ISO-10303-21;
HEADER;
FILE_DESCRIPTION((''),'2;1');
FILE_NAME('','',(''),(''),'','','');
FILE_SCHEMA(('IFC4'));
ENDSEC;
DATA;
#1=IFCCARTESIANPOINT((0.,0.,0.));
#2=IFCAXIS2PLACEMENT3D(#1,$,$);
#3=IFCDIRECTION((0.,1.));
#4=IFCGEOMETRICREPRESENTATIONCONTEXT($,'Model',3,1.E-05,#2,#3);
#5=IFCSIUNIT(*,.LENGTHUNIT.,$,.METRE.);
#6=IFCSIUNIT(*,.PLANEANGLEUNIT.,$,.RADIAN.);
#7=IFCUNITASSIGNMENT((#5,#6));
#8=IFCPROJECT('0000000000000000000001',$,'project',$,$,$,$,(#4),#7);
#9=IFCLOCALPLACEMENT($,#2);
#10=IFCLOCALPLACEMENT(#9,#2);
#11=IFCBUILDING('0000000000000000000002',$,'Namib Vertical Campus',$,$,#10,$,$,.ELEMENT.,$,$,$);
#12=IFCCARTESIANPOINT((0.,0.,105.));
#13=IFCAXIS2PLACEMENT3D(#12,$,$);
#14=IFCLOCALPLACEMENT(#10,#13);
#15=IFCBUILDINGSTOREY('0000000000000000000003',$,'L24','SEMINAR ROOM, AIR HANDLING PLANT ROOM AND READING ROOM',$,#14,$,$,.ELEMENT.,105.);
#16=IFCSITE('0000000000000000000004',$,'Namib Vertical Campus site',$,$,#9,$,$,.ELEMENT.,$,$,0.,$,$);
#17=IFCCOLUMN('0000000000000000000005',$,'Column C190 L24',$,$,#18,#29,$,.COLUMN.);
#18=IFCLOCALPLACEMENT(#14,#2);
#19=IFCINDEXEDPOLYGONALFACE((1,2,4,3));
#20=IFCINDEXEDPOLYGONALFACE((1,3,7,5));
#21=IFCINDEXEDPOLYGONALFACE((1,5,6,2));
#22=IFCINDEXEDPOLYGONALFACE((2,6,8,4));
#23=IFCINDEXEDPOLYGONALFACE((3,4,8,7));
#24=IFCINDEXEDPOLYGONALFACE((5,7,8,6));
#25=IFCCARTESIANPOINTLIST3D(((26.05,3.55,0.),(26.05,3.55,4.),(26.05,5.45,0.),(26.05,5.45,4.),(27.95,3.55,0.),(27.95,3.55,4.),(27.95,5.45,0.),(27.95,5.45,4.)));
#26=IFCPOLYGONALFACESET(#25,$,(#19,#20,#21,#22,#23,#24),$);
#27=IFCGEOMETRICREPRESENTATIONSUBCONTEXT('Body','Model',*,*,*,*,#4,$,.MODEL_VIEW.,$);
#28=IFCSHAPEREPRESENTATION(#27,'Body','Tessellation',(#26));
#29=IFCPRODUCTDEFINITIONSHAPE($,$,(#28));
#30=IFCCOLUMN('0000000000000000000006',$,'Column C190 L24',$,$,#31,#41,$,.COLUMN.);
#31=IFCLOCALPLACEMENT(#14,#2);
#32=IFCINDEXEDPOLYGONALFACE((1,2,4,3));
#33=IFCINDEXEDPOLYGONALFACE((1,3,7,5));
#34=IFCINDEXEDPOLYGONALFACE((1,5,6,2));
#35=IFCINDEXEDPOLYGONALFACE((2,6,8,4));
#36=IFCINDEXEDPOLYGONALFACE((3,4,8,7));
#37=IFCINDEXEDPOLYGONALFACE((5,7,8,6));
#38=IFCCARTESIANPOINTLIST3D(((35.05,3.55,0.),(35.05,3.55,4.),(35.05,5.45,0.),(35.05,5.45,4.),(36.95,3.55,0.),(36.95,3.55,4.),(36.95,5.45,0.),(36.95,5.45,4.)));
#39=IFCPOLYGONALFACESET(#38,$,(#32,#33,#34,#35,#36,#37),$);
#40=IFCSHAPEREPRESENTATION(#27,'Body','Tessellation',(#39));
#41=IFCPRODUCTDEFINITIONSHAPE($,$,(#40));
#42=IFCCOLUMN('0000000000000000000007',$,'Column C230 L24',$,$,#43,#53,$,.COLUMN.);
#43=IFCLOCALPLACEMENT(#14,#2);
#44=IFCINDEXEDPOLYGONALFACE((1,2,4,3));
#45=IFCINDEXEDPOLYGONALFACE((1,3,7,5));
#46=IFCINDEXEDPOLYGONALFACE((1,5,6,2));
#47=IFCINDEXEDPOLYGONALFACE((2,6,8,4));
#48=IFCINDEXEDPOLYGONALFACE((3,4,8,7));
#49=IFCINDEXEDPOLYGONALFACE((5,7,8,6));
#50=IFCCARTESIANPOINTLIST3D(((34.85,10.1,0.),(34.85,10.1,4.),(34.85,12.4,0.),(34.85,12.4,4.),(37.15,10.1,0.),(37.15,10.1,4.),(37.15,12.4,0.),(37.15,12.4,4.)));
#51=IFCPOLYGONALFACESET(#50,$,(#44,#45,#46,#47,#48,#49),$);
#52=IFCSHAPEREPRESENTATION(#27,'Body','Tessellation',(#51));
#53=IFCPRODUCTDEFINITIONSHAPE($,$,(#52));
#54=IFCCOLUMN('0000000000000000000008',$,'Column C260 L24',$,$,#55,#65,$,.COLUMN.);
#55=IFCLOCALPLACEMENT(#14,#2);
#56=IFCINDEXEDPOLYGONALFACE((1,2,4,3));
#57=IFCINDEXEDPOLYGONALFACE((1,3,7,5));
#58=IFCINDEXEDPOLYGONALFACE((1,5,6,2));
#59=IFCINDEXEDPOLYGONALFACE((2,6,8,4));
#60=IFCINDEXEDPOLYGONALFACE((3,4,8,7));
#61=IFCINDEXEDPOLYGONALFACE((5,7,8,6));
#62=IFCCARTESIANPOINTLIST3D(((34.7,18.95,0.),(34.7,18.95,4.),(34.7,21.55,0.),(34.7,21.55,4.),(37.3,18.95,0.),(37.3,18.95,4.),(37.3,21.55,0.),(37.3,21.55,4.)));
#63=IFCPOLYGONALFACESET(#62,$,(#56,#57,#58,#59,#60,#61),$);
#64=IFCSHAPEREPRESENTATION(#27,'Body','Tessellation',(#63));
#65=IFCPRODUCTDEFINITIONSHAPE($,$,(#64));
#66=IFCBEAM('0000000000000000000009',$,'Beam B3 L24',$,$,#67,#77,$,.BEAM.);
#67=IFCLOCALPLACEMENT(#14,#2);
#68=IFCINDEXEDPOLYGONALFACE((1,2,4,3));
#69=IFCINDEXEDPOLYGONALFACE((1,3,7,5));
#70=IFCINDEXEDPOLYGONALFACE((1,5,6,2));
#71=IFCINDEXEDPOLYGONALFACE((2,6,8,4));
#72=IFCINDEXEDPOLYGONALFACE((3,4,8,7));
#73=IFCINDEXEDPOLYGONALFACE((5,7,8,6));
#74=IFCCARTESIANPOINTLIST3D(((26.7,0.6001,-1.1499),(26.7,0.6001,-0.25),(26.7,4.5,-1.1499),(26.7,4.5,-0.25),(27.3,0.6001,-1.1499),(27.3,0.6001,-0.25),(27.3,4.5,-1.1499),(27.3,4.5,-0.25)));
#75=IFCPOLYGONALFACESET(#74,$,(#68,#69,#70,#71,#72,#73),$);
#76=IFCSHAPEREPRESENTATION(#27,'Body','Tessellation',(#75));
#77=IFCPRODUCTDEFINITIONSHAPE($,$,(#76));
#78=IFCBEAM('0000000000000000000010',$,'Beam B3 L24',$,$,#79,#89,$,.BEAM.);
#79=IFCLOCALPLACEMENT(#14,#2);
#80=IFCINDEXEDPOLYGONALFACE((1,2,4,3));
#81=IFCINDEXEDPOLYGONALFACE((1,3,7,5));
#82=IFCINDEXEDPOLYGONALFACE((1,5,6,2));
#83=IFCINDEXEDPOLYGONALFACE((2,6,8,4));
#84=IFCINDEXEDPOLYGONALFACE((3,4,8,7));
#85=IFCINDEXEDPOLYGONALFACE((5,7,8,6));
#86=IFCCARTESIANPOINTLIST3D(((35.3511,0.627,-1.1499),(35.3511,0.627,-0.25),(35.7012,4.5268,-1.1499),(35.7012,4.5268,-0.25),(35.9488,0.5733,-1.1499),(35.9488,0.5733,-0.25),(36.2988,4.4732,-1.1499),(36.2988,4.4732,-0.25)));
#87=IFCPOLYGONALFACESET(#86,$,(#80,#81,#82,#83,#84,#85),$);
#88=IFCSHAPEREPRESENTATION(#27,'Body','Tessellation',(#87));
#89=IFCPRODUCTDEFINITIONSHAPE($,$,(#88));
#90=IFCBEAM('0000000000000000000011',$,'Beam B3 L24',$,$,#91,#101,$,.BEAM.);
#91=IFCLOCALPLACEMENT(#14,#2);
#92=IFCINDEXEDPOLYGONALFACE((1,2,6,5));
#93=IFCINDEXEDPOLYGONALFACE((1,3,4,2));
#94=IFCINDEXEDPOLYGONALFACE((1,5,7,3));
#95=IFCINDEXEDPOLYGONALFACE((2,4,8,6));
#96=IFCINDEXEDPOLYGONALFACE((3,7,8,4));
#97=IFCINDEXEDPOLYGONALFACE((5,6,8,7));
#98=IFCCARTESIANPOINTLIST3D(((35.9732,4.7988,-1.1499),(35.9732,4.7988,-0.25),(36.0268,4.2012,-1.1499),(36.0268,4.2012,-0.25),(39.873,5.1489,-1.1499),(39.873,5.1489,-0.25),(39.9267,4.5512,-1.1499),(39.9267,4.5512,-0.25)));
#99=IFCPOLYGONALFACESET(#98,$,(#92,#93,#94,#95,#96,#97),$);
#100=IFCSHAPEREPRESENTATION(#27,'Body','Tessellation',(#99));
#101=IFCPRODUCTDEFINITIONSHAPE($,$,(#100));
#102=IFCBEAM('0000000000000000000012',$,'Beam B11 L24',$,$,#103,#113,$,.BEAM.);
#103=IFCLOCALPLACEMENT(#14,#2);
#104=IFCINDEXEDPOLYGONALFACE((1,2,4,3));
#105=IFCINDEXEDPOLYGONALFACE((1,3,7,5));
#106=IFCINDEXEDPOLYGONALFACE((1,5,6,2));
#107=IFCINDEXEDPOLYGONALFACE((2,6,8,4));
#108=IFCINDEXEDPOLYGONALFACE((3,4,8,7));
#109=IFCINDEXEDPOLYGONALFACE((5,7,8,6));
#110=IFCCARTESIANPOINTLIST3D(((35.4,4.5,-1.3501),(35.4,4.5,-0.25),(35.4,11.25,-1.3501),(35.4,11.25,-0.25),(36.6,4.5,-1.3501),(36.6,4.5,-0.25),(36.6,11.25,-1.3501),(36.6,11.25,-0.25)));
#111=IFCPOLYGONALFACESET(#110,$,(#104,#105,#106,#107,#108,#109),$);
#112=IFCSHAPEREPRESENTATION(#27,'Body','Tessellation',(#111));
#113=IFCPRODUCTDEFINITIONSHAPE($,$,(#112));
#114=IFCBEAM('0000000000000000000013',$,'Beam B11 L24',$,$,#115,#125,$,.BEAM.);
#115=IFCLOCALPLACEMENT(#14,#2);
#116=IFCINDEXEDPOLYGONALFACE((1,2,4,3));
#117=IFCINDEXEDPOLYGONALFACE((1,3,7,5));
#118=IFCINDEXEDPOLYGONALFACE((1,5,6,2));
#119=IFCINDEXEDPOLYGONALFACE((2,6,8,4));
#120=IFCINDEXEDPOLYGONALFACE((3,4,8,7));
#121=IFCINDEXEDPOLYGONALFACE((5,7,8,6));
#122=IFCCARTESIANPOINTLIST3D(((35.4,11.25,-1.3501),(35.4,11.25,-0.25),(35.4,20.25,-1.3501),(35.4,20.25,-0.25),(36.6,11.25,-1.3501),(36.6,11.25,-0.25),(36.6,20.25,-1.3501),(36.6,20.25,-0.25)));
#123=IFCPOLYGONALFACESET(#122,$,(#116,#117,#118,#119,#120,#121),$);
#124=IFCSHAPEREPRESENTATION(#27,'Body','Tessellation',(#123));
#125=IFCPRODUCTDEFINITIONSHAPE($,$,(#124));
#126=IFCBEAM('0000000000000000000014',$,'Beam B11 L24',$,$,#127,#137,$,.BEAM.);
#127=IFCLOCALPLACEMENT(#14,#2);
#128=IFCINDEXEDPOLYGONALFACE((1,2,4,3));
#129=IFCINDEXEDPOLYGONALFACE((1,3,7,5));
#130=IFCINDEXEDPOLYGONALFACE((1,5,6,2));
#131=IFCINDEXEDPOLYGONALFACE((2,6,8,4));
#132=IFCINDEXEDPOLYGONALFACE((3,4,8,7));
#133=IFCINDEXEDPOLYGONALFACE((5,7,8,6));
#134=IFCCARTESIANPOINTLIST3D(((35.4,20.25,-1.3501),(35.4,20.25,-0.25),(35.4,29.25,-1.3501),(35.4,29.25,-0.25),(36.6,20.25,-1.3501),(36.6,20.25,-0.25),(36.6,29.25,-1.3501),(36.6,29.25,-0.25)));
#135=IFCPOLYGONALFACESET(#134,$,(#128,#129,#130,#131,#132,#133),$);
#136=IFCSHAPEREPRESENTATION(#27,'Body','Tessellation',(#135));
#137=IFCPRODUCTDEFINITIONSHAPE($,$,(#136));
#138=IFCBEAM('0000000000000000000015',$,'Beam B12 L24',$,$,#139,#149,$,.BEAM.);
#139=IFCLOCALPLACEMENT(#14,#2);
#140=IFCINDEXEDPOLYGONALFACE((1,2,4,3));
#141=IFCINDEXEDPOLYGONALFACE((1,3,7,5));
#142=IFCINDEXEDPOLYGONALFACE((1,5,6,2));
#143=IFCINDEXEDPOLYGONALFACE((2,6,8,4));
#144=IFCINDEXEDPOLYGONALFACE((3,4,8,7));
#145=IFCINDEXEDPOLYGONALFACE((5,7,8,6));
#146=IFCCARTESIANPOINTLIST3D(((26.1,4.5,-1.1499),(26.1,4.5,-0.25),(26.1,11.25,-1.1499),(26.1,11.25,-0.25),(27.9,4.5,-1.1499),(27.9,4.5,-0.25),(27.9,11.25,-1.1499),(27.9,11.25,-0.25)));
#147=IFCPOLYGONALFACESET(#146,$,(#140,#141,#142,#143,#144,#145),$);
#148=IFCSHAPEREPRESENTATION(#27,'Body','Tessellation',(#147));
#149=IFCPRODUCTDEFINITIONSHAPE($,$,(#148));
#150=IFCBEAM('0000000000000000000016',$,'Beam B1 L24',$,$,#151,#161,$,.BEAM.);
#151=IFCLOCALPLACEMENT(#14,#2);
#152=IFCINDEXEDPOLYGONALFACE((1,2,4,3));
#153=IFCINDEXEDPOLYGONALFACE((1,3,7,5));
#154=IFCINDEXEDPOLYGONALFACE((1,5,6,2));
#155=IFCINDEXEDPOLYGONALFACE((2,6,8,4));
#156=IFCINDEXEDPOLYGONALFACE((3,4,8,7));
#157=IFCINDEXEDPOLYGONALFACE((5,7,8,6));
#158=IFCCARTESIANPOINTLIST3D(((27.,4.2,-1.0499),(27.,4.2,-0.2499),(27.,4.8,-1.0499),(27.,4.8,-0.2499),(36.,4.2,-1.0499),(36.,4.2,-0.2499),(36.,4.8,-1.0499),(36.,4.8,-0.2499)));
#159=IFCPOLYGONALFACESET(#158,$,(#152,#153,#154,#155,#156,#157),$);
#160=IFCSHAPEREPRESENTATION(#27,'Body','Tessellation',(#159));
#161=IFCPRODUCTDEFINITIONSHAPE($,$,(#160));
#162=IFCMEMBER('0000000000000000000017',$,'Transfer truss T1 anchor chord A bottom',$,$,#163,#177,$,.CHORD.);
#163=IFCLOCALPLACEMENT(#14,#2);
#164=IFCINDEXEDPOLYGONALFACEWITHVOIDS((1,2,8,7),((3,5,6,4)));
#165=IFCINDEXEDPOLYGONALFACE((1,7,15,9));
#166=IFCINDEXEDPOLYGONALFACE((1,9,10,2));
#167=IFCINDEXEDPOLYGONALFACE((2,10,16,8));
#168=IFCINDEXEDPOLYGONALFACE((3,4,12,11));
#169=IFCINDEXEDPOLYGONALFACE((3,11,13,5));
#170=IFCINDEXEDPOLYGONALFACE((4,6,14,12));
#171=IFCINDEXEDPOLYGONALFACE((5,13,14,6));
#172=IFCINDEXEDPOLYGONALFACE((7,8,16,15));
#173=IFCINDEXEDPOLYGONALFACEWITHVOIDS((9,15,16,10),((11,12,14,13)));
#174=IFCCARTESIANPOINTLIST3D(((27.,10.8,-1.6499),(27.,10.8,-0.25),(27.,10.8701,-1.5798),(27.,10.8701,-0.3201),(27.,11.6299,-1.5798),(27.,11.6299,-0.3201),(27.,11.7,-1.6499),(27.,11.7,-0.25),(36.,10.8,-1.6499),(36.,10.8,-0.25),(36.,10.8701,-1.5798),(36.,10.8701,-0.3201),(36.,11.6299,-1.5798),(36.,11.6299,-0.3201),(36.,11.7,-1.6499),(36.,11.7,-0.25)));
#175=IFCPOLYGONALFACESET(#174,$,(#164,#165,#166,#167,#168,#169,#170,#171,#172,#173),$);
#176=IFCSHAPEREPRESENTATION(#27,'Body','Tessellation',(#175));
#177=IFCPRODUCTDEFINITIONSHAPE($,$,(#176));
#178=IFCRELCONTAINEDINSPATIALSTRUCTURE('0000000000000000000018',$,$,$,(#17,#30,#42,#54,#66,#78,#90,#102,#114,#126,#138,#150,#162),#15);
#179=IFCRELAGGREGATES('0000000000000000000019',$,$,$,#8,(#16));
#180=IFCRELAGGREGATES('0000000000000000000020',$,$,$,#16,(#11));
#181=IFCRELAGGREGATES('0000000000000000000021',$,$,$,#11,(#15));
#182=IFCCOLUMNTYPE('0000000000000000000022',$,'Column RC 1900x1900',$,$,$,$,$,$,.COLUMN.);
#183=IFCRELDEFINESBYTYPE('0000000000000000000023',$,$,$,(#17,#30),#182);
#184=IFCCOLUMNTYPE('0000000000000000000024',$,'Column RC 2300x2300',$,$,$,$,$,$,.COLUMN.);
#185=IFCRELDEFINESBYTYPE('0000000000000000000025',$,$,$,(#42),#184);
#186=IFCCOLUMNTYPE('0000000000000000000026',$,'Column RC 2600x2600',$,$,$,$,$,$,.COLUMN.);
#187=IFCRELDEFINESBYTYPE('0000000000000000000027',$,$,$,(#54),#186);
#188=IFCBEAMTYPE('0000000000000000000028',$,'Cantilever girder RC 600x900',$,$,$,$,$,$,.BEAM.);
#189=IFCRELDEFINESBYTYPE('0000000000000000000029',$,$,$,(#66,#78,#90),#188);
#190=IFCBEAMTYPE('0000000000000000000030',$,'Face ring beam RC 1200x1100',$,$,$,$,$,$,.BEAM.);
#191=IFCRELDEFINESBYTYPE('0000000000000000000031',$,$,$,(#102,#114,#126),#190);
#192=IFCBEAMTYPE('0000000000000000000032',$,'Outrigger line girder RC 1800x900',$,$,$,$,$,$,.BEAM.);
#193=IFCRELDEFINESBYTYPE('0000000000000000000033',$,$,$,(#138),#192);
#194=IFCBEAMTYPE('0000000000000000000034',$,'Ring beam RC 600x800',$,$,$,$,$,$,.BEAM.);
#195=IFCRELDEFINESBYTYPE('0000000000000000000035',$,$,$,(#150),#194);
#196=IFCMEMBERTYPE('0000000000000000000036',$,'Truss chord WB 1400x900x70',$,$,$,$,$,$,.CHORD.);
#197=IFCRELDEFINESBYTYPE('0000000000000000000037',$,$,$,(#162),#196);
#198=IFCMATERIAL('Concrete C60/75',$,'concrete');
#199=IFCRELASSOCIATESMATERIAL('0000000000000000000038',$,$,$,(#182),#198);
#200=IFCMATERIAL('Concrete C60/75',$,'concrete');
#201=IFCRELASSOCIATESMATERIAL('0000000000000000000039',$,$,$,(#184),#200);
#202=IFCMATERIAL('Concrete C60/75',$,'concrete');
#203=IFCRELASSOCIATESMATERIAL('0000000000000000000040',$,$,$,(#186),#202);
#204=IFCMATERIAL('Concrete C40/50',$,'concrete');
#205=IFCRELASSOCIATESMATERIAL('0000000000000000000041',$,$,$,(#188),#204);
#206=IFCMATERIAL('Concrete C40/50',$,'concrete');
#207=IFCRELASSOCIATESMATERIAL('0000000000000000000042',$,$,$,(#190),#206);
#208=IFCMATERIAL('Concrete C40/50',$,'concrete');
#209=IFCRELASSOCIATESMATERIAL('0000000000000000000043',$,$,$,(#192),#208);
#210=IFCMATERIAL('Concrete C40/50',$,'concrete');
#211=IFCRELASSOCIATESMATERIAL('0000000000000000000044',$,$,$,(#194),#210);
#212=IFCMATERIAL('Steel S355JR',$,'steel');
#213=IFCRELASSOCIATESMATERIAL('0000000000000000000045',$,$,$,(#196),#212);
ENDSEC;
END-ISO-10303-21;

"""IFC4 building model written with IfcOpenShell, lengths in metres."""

from ifc_helpers import new_model, si_unit, direction, frame, origin, origin_2d, place, context, subcontext, project, spatial, rectangle, hollow_rectangle, extrude, material, material_profile, profile_set, type_object, element, save


model = new_model("IFC4")

# Units and contexts
model_context = context("Model", 3, precision=1e-05, world=origin(), true_north=direction((0.0, 1.0)))
body_context = subcontext(model_context, "Body", "Model", "MODEL_VIEW")
ifc_project = project(units=[si_unit("LENGTHUNIT", "METRE"), si_unit("PLANEANGLEUNIT", "RADIAN")], contexts=[model_context])

# Site, building, storey
site_placement = place(None, origin())
site = spatial("IfcSite", under=ifc_project, at=site_placement, Name="Namib Vertical Campus site", CompositionType="ELEMENT", RefElevation=0.0)
building_placement = place(site_placement, origin())
building = spatial("IfcBuilding", under=site, at=building_placement, Name="Namib Vertical Campus", CompositionType="ELEMENT")
storey_placement = place(building_placement, frame((0.0, 0.0, 105.0)))
storey = spatial("IfcBuildingStorey", under=building, at=storey_placement, Name="L24", Description="SEMINAR ROOM, AIR HANDLING PLANT ROOM AND READING ROOM", CompositionType="ELEMENT", Elevation=105.0)

# Columns
ifc_material_1 = material(Name="Concrete C60/75", Category="concrete")
ifc_material_profile_1 = material_profile(ifc_material_1, rectangle(XDim=1.8999, YDim=1.8999, at=origin_2d()))
ifc_profile_set_1 = profile_set([ifc_material_profile_1], Name="Concrete C60/75")
column_type_1 = type_object("IfcColumnType", Name="Column RC 1900x1900", PredefinedType="COLUMN", material=ifc_profile_set_1)
for number, where, z_axis, x_axis, name in (
    (1, (27.0, 4.5, 0.0), (0.0, 0.0, 1.0), (1.0, 0.0, 0.0), "Column C190 L24"),
    (2, (36.0, 4.5, 0.0), (0.0, 0.0, 1.0), (1.0, 0.0, 0.0), "Column C190 L24"),
):
    element("IfcColumn", number, at=place(storey_placement, frame(where, z_axis=z_axis, x_axis=x_axis)), inside=storey, type_object=column_type_1, Name=name, PredefinedType="COLUMN", context=body_context, shape_type="SweptSolid", body=[
        extrude(rectangle(XDim=1.8999, YDim=1.8999, at=origin_2d()), origin(), (0.0, 0.0, 1.0), 4.0),
    ])
ifc_material_2 = material(Name="Concrete C60/75", Category="concrete")
ifc_material_profile_2 = material_profile(ifc_material_2, rectangle(XDim=2.3, YDim=2.3, at=origin_2d()))
ifc_profile_set_2 = profile_set([ifc_material_profile_2], Name="Concrete C60/75")
column_type_2 = type_object("IfcColumnType", Name="Column RC 2300x2300", PredefinedType="COLUMN", material=ifc_profile_set_2)
column_1_placement = place(storey_placement, frame((36.0, 11.25, 0.0), z_axis=(0.0, 0.0, 1.0), x_axis=(1.0, 0.0, 0.0)))
element("IfcColumn", 3, at=column_1_placement, inside=storey, type_object=column_type_2, Name="Column C230 L24", PredefinedType="COLUMN", context=body_context, shape_type="SweptSolid", body=[
    extrude(rectangle(XDim=2.3, YDim=2.3, at=origin_2d()), origin(), (0.0, 0.0, 1.0), 4.0),
])
ifc_material_3 = material(Name="Concrete C60/75", Category="concrete")
ifc_material_profile_3 = material_profile(ifc_material_3, rectangle(XDim=2.6001, YDim=2.6001, at=origin_2d()))
ifc_profile_set_3 = profile_set([ifc_material_profile_3], Name="Concrete C60/75")
column_type_3 = type_object("IfcColumnType", Name="Column RC 2600x2600", PredefinedType="COLUMN", material=ifc_profile_set_3)
column_2_placement = place(storey_placement, frame((36.0, 20.25, 0.0), z_axis=(0.0, 0.0, 1.0), x_axis=(1.0, 0.0, 0.0)))
element("IfcColumn", 4, at=column_2_placement, inside=storey, type_object=column_type_3, Name="Column C260 L24", PredefinedType="COLUMN", context=body_context, shape_type="SweptSolid", body=[
    extrude(rectangle(XDim=2.6001, YDim=2.6001, at=origin_2d()), origin(), (0.0, 0.0, 1.0), 4.0),
])

# Beams
ifc_material_4 = material(Name="Concrete C40/50", Category="concrete")
ifc_material_profile_4 = material_profile(ifc_material_4, rectangle(XDim=0.6001, YDim=0.8999, at=origin_2d()))
ifc_profile_set_4 = profile_set([ifc_material_profile_4], Name="Concrete C40/50")
beam_type_1 = type_object("IfcBeamType", Name="Cantilever girder RC 600x900", PredefinedType="BEAM", material=ifc_profile_set_4)
beam_1_placement = place(storey_placement, frame((27.0, 4.5, -0.7), z_axis=(0.0, -1.0, 0.0), x_axis=(1.0, 0.0, 0.0)))
element("IfcBeam", 5, at=beam_1_placement, inside=storey, type_object=beam_type_1, Name="Beam B3 L24", PredefinedType="BEAM", context=body_context, shape_type="SweptSolid", body=[
    extrude(rectangle(XDim=0.6001, YDim=0.8999, at=origin_2d()), origin(), (0.0, 0.0, 1.0), 3.8999),
])
for number, where, z_axis, x_axis, name in (
    (6, (36.0, 4.5, -0.7), (-0.089411, -0.995995, 0.0), (0.995995, -0.089411, 0.0), "Beam B3 L24"),
    (7, (36.0, 4.5, -0.7), (0.995995, 0.089411, 0.0), (-0.089411, 0.995995, 0.0), "Beam B3 L24"),
):
    element("IfcBeam", number, at=place(storey_placement, frame(where, z_axis=z_axis, x_axis=x_axis)), inside=storey, type_object=beam_type_1, Name=name, PredefinedType="BEAM", context=body_context, shape_type="SweptSolid", body=[
        extrude(rectangle(XDim=0.6001, YDim=0.8999, at=origin_2d()), origin(), (0.0, 0.0, 1.0), 3.9155),
    ])
ifc_material_5 = material(Name="Concrete C40/50", Category="concrete")
ifc_material_profile_5 = material_profile(ifc_material_5, rectangle(XDim=1.2, YDim=1.1001, at=origin_2d()))
ifc_profile_set_5 = profile_set([ifc_material_profile_5], Name="Concrete C40/50")
beam_type_2 = type_object("IfcBeamType", Name="Face ring beam RC 1200x1100", PredefinedType="BEAM", material=ifc_profile_set_5)
beam_2_placement = place(storey_placement, frame((36.0, 4.5, -0.8), z_axis=(0.0, 1.0, 0.0), x_axis=(-1.0, 0.0, 0.0)))
element("IfcBeam", 8, at=beam_2_placement, inside=storey, type_object=beam_type_2, Name="Beam B11 L24", PredefinedType="BEAM", context=body_context, shape_type="SweptSolid", body=[
    extrude(rectangle(XDim=1.2, YDim=1.1001, at=origin_2d()), origin(), (0.0, 0.0, 1.0), 6.75),
])
for number, where, z_axis, x_axis, name in (
    (9, (36.0, 11.25, -0.8), (0.0, 1.0, 0.0), (-1.0, 0.0, 0.0), "Beam B11 L24"),
    (10, (36.0, 20.25, -0.8), (0.0, 1.0, 0.0), (-1.0, 0.0, 0.0), "Beam B11 L24"),
):
    element("IfcBeam", number, at=place(storey_placement, frame(where, z_axis=z_axis, x_axis=x_axis)), inside=storey, type_object=beam_type_2, Name=name, PredefinedType="BEAM", context=body_context, shape_type="SweptSolid", body=[
        extrude(rectangle(XDim=1.2, YDim=1.1001, at=origin_2d()), origin(), (0.0, 0.0, 1.0), 9.0),
    ])
ifc_material_6 = material(Name="Concrete C40/50", Category="concrete")
ifc_material_profile_6 = material_profile(ifc_material_6, rectangle(XDim=1.8, YDim=0.8999, at=origin_2d()))
ifc_profile_set_6 = profile_set([ifc_material_profile_6], Name="Concrete C40/50")
beam_type_3 = type_object("IfcBeamType", Name="Outrigger line girder RC 1800x900", PredefinedType="BEAM", material=ifc_profile_set_6)
beam_3_placement = place(storey_placement, frame((27.0, 4.5, -0.7), z_axis=(0.0, 1.0, 0.0), x_axis=(-1.0, 0.0, 0.0)))
element("IfcBeam", 11, at=beam_3_placement, inside=storey, type_object=beam_type_3, Name="Beam B12 L24", PredefinedType="BEAM", context=body_context, shape_type="SweptSolid", body=[
    extrude(rectangle(XDim=1.8, YDim=0.8999, at=origin_2d()), origin(), (0.0, 0.0, 1.0), 6.75),
])
ifc_material_7 = material(Name="Concrete C40/50", Category="concrete")
ifc_material_profile_7 = material_profile(ifc_material_7, rectangle(XDim=0.6001, YDim=0.8, at=origin_2d()))
ifc_profile_set_7 = profile_set([ifc_material_profile_7], Name="Concrete C40/50")
beam_type_4 = type_object("IfcBeamType", Name="Ring beam RC 600x800", PredefinedType="BEAM", material=ifc_profile_set_7)
beam_4_placement = place(storey_placement, frame((27.0, 4.5, -0.6499), z_axis=(1.0, 0.0, 0.0), x_axis=(0.0, 1.0, 0.0)))
element("IfcBeam", 12, at=beam_4_placement, inside=storey, type_object=beam_type_4, Name="Beam B1 L24", PredefinedType="BEAM", context=body_context, shape_type="SweptSolid", body=[
    extrude(rectangle(XDim=0.6001, YDim=0.8, at=origin_2d()), origin(), (0.0, 0.0, 1.0), 9.0),
])

# Member
ifc_material_8 = material(Name="Steel S355JR", Category="steel")
ifc_material_profile_8 = material_profile(ifc_material_8, hollow_rectangle(XDim=0.8999, YDim=1.3999, WallThickness=0.0701, at=origin_2d()))
ifc_profile_set_8 = profile_set([ifc_material_profile_8], Name="Steel S355JR")
member_type_1 = type_object("IfcMemberType", Name="Truss chord WB 1400x900x70", PredefinedType="CHORD", material=ifc_profile_set_8)
for number, where, z_axis, x_axis, name in (
    (13, (36.0, 11.25, -0.95), (-1.0, 0.0, 0.0), (0.0, -1.0, 0.0), "Transfer truss T1 anchor chord A bottom"),
):
    element("IfcMember", number, at=place(storey_placement, frame(where, z_axis=z_axis, x_axis=x_axis)), inside=storey, type_object=member_type_1, Name=name, PredefinedType="CHORD", context=body_context, shape_type="SweptSolid", body=[
        extrude(hollow_rectangle(XDim=0.8999, YDim=1.3999, WallThickness=0.0701, at=origin_2d()), origin(), (0.0, 0.0, 1.0), 9.0),
    ])

save(model, "model.ifc")
